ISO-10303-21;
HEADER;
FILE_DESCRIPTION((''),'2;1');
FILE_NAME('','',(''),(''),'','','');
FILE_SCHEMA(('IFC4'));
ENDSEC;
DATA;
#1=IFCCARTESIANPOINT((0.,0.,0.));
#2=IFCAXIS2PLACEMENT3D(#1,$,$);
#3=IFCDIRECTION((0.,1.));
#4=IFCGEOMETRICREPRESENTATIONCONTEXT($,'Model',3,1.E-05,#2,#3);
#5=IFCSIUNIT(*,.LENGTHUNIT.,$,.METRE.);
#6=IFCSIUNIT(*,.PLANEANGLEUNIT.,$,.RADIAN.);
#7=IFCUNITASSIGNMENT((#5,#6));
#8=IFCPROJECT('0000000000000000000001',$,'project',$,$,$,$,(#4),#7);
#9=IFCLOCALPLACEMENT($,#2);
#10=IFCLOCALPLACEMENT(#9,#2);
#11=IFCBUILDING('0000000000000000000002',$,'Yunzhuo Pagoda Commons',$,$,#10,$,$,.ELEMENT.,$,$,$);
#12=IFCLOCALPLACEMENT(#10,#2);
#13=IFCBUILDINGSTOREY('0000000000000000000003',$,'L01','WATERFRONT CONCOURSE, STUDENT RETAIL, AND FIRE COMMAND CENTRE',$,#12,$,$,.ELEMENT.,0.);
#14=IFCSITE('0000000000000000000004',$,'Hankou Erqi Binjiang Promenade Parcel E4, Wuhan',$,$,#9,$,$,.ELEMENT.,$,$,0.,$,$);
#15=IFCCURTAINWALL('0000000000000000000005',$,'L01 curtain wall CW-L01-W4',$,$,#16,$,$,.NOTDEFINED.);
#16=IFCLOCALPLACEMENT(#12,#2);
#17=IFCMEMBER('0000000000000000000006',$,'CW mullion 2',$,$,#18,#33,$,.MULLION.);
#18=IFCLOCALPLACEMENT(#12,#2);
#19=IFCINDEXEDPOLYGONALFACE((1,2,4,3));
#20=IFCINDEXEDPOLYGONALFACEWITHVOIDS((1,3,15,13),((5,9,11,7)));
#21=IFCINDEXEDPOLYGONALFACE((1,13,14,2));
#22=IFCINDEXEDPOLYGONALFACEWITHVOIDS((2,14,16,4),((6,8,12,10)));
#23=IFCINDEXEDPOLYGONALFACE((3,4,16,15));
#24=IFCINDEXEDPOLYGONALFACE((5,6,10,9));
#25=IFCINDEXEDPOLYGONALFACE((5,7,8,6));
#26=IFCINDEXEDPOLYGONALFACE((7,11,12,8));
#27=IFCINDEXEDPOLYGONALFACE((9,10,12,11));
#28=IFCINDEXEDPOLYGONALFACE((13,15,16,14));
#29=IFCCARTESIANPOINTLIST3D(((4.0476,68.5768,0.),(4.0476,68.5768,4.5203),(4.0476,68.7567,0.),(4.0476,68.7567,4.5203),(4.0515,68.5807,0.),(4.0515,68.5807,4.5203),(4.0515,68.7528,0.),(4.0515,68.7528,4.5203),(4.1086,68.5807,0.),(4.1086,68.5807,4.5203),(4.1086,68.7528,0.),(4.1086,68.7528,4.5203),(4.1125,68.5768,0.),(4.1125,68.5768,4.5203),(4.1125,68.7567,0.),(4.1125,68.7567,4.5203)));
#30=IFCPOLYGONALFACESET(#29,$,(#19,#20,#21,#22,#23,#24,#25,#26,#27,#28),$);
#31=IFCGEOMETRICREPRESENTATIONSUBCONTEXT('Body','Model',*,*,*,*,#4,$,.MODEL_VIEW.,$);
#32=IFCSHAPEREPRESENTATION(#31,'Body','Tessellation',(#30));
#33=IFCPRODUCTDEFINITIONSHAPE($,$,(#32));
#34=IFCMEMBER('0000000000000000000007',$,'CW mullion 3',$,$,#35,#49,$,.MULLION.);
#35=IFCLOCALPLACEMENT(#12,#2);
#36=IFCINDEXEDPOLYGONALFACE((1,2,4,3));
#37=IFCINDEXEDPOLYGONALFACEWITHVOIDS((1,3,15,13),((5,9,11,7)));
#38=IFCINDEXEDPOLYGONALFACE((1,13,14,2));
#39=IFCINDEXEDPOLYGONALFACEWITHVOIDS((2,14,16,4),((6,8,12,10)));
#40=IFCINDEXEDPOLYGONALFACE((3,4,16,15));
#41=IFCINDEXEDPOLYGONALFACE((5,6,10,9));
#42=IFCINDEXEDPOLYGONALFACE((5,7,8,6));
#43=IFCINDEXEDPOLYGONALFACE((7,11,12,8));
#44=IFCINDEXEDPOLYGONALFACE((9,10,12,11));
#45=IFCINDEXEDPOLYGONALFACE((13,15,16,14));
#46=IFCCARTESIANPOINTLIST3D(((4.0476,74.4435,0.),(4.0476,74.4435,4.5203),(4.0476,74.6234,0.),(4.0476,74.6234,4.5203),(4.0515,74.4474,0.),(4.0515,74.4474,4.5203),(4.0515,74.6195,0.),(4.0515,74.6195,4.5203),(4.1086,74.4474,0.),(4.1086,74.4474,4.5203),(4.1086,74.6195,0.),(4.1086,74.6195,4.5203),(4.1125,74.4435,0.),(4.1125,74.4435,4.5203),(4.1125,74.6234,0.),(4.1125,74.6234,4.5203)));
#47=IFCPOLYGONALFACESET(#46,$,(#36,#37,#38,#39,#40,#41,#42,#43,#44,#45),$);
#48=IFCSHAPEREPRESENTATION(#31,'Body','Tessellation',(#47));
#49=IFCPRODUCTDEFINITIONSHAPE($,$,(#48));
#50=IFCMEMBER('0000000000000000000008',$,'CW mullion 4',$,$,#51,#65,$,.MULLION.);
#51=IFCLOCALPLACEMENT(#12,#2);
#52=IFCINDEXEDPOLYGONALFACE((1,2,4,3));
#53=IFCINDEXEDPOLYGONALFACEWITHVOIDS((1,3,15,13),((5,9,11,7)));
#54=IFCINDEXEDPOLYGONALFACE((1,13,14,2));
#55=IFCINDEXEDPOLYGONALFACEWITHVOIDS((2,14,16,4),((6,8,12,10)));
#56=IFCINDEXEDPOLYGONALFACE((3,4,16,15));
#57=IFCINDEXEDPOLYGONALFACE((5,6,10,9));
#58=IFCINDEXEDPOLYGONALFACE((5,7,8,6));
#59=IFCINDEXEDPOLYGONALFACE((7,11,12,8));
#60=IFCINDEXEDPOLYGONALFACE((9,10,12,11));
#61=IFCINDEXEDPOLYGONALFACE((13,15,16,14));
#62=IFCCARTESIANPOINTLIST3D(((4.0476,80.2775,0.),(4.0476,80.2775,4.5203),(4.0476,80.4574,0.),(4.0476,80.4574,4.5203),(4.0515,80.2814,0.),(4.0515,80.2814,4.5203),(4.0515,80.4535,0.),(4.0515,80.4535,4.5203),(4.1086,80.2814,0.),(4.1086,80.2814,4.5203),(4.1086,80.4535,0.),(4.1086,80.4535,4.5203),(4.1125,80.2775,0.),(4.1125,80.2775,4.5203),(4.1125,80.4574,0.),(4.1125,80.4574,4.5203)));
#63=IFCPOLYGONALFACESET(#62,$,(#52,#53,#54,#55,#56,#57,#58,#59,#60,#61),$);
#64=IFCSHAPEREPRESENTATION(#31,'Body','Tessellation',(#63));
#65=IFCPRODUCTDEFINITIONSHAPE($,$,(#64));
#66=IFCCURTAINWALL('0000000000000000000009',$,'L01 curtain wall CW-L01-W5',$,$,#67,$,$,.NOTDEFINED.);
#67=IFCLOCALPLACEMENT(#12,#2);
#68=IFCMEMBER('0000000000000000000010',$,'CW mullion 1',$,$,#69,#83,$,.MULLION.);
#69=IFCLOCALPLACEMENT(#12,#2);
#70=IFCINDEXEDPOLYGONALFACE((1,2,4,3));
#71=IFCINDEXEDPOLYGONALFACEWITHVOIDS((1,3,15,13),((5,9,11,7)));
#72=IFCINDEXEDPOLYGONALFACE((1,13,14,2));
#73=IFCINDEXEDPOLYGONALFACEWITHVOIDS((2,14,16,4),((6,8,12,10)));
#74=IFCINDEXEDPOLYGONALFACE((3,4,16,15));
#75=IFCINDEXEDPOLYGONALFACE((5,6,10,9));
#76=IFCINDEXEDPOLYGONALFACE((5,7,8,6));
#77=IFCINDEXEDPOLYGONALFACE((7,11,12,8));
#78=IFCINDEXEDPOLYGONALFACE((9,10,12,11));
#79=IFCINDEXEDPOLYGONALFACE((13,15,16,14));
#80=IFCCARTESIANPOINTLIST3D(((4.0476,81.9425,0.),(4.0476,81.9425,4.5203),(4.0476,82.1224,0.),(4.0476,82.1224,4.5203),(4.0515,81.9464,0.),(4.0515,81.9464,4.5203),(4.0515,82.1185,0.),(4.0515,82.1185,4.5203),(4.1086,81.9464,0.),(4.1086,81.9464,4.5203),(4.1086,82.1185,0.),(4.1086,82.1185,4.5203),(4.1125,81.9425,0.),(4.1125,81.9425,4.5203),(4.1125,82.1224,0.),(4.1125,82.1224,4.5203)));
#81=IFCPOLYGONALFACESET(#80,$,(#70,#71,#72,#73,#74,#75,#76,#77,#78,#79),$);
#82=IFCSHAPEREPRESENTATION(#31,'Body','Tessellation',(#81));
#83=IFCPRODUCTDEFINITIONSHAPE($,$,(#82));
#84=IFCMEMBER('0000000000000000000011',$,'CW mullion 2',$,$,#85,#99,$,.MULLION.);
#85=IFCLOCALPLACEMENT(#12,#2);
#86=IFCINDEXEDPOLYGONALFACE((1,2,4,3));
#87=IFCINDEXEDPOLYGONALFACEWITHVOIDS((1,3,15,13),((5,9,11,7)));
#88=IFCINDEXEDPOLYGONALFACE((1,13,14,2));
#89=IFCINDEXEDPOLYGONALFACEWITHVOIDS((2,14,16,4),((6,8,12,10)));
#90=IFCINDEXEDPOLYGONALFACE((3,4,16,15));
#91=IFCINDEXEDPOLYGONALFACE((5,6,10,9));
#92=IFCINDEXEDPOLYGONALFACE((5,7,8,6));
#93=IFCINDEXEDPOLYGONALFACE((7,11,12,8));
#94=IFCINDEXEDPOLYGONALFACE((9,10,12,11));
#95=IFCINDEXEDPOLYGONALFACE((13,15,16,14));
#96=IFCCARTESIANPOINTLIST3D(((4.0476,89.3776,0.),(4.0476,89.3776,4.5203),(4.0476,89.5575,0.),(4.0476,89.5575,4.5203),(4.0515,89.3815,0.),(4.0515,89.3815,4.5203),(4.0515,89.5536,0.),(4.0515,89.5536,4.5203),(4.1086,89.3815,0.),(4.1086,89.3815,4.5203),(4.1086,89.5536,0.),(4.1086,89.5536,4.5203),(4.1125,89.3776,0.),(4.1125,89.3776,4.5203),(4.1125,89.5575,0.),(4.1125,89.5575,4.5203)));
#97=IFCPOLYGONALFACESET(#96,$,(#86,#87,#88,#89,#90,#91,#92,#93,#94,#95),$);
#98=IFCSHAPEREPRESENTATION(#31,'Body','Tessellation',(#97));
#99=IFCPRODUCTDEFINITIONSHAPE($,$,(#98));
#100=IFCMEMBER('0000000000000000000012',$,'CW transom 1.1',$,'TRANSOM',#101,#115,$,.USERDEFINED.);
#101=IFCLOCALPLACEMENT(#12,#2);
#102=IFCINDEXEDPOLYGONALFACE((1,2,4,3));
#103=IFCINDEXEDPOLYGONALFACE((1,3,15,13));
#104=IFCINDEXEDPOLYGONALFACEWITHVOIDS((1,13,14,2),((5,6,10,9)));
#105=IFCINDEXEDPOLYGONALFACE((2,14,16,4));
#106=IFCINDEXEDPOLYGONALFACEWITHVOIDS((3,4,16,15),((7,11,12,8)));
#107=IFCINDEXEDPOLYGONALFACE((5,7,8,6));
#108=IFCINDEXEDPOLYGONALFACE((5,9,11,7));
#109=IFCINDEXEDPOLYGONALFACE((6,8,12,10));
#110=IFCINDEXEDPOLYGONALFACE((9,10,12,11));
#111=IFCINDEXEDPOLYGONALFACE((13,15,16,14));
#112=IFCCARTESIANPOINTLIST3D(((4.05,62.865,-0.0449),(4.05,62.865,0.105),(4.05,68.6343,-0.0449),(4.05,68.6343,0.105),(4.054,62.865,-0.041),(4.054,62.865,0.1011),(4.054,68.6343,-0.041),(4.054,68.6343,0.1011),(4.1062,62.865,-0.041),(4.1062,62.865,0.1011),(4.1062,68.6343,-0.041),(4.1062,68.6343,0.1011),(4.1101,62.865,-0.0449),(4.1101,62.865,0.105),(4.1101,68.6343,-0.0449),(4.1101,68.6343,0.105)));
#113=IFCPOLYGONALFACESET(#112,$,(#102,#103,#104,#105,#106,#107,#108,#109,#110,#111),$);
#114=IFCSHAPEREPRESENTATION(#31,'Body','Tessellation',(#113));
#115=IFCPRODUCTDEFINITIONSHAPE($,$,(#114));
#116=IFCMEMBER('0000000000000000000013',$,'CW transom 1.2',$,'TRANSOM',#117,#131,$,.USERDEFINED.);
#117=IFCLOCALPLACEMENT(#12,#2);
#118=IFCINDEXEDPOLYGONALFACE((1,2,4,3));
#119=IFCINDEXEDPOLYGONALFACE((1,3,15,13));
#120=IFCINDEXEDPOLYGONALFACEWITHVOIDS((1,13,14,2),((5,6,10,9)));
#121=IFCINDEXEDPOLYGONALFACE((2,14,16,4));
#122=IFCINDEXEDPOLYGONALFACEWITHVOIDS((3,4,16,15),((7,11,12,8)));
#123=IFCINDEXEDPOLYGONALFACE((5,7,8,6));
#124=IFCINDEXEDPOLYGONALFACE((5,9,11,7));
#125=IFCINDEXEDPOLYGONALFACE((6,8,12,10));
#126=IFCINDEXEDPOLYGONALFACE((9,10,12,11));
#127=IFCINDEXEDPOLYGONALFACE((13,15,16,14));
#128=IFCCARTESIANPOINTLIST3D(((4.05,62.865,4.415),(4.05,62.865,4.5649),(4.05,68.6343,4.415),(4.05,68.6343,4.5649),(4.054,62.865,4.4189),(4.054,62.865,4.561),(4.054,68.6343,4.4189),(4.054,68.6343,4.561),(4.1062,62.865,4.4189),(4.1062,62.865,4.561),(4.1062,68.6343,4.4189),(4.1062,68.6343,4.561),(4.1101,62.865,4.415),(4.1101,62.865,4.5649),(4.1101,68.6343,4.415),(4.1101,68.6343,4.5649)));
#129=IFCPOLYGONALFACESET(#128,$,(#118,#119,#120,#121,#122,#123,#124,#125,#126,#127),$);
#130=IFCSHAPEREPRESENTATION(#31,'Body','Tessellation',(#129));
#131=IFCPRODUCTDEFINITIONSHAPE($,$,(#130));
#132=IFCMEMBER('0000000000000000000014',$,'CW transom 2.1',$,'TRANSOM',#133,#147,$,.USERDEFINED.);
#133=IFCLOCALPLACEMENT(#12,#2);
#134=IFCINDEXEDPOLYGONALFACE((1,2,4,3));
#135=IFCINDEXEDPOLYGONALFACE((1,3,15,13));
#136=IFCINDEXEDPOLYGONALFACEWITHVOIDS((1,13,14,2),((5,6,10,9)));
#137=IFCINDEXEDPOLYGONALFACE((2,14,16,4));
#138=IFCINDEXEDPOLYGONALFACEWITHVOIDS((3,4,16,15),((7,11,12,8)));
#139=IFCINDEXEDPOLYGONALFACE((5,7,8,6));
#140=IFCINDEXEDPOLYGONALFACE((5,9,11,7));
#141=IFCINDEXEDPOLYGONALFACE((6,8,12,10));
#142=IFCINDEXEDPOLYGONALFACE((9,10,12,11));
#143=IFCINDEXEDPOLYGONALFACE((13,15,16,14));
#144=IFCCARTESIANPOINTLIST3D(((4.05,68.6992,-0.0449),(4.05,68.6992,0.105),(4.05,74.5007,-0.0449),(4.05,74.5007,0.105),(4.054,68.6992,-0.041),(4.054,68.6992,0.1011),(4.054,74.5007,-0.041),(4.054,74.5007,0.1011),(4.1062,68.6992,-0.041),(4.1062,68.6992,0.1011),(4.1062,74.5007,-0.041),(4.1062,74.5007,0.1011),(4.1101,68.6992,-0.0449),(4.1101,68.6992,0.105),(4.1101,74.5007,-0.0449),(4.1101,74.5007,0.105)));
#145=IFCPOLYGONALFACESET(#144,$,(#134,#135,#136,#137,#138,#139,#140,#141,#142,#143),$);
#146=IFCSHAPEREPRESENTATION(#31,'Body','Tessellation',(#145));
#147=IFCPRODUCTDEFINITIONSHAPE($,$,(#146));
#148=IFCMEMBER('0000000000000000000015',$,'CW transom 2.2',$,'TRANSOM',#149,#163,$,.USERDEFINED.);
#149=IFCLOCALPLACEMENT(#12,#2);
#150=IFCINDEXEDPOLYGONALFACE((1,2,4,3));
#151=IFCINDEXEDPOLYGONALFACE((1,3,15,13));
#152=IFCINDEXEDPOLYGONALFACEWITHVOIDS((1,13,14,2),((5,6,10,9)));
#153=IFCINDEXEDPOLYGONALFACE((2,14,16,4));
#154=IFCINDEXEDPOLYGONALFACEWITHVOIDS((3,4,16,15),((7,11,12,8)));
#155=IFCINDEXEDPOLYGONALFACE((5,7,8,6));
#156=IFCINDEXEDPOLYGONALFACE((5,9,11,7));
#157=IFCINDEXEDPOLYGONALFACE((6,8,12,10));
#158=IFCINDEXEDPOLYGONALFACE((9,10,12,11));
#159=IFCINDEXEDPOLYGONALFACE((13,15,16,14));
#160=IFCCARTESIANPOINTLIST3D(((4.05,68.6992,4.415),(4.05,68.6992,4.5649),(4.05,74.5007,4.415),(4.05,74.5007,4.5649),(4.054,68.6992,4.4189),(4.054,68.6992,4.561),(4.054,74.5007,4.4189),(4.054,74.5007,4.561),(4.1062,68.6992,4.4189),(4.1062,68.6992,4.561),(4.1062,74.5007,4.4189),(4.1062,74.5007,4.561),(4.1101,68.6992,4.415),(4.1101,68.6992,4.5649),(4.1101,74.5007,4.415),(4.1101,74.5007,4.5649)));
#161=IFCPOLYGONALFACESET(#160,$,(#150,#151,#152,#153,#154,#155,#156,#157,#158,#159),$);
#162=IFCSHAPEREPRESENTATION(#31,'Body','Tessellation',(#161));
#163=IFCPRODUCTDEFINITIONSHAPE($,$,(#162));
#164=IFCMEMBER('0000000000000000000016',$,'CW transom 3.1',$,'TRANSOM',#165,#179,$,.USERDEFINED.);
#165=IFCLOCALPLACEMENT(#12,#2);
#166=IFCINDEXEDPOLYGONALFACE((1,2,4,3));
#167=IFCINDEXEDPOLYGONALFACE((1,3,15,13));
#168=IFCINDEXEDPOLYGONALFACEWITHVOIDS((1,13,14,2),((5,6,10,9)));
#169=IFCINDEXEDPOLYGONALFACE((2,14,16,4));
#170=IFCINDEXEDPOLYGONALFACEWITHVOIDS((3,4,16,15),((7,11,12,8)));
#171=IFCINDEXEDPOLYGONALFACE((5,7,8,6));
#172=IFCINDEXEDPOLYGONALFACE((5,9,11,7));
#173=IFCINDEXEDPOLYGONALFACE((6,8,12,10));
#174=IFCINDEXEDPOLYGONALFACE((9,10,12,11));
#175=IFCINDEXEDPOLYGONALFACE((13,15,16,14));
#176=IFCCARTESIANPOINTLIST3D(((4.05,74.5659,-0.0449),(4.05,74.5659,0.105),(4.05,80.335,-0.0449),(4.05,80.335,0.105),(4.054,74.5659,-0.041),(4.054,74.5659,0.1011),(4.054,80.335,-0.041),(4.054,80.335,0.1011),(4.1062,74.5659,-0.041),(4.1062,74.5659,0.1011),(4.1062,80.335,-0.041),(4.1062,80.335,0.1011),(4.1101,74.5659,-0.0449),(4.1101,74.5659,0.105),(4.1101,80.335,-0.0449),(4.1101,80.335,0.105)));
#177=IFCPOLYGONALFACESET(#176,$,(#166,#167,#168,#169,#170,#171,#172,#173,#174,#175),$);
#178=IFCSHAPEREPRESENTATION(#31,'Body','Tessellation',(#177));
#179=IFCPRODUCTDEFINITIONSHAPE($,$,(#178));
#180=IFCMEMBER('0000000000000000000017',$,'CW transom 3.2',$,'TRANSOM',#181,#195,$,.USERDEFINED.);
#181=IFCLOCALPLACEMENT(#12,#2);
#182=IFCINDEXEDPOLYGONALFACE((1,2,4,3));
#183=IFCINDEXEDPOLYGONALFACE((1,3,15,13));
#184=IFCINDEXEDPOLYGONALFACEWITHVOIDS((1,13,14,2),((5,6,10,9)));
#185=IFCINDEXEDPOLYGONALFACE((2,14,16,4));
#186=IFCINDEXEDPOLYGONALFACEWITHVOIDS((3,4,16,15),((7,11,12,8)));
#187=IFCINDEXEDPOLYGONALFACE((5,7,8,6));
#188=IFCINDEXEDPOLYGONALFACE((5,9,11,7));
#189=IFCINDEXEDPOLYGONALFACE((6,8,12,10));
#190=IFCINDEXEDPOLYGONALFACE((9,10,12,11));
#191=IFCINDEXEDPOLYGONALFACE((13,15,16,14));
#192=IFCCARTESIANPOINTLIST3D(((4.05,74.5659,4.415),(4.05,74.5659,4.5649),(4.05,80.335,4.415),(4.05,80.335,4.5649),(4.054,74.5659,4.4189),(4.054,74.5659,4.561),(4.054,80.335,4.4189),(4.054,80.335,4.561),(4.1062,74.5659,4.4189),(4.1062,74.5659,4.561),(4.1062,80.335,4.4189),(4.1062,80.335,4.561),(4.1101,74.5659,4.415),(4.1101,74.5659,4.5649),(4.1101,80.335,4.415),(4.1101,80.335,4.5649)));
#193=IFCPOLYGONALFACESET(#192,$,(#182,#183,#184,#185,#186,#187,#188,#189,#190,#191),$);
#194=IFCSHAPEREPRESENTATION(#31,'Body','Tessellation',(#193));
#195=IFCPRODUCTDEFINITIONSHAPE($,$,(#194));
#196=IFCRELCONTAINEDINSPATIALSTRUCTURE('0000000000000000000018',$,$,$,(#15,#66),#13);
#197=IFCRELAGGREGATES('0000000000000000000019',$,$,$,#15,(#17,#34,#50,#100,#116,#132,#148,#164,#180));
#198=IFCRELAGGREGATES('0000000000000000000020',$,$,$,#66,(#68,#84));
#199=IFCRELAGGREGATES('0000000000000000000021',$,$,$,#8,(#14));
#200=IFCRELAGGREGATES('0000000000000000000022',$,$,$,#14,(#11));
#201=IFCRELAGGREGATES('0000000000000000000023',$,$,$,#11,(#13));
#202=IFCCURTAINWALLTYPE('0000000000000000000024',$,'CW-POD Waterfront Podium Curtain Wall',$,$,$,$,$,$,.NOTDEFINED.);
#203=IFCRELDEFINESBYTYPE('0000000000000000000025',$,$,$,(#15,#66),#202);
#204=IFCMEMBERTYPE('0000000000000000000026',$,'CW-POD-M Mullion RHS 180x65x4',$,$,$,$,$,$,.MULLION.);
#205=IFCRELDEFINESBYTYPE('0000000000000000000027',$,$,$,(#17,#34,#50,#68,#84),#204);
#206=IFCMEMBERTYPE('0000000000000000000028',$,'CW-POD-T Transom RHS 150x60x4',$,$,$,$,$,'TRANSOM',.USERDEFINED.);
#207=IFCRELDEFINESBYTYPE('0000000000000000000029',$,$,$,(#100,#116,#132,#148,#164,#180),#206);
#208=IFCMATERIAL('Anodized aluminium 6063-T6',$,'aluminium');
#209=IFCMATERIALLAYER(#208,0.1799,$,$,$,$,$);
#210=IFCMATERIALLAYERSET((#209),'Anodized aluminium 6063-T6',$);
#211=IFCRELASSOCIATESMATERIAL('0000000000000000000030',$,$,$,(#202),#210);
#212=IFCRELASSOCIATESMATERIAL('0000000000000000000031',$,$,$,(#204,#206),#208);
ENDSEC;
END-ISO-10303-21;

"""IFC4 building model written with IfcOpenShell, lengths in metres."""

from ifc_helpers import new_model, si_unit, direction, frame, origin, origin_2d, place, context, subcontext, project, spatial, hollow_rectangle, extrude, source, transform, mapped, material, layer, layer_set, material_profile, profile_set, type_object, element, aggregate, save


model = new_model("IFC4")

# Units and contexts
model_context = context("Model", 3, precision=1e-05, world=origin(), true_north=direction((0.0, 1.0)))
body_context = subcontext(model_context, "Body", "Model", "MODEL_VIEW")
ifc_project = project(units=[si_unit("LENGTHUNIT", "METRE"), si_unit("PLANEANGLEUNIT", "RADIAN")], contexts=[model_context])

# Site, building, storey
site_placement = place(None, origin())
site = spatial("IfcSite", under=ifc_project, at=site_placement, Name="Hankou Erqi Binjiang Promenade Parcel E4, Wuhan", CompositionType="ELEMENT", RefElevation=0.0)
building_placement = place(site_placement, origin())
building = spatial("IfcBuilding", under=site, at=building_placement, Name="Yunzhuo Pagoda Commons", CompositionType="ELEMENT")
storey_placement = place(building_placement, origin())
storey = spatial("IfcBuildingStorey", under=building, at=storey_placement, Name="L01", Description="WATERFRONT CONCOURSE, STUDENT RETAIL, AND FIRE COMMAND CENTRE", CompositionType="ELEMENT", Elevation=0.0)

# Curtain walls, members
ifc_material_1 = material(Name="Anodized aluminium 6063-T6", Category="aluminium")
ifc_layer_1 = layer(ifc_material_1, 0.1799)
ifc_layer_set_1 = layer_set([ifc_layer_1], Name="Anodized aluminium 6063-T6")
curtain_wall_type = type_object("IfcCurtainWallType", Name="CW-POD Waterfront Podium Curtain Wall", PredefinedType="NOTDEFINED", material=ifc_layer_set_1)
curtain_wall_1_placement = place(storey_placement, origin())
curtain_wall_1 = element("IfcCurtainWall", 1, at=curtain_wall_1_placement, inside=storey, type_object=curtain_wall_type, Name="L01 curtain wall CW-L01-W4", PredefinedType="NOTDEFINED")
ifc_material_profile_1 = material_profile(ifc_material_1, hollow_rectangle(XDim=0.0649, YDim=0.1799, WallThickness=0.0039, at=origin_2d()), Name="Anodized aluminium 6063-T6")
ifc_profile_set_1 = profile_set([ifc_material_profile_1], Name="Anodized aluminium 6063-T6")
member_type_1 = type_object("IfcMemberType", Name="CW-POD-M Mullion RHS 180x65x4", PredefinedType="MULLION", material=ifc_profile_set_1)
shared_shape_1 = source(origin(), body_context, "Body", "SweptSolid", [
    extrude(hollow_rectangle(XDim=0.0649, YDim=0.1799, WallThickness=0.0039, at=origin_2d()), origin(), (0.0, 0.0, 1.0), 4.5203),
])
member_1_placement = place(storey_placement, frame((4.0801, 68.6667, 0.0), z_axis=(0.0, 0.0, 1.0), x_axis=(-1.0, 0.0, 0.0)))
member_1 = element("IfcMember", 2, at=member_1_placement, type_object=member_type_1, Name="CW mullion 2", PredefinedType="MULLION", context=body_context, shape_type="MappedRepresentation", body=[
    mapped(shared_shape_1, transform((0.0, 0.0, 0.0), scale=1.0)),
])
member_2_placement = place(storey_placement, frame((4.0801, 74.5334, 0.0), z_axis=(0.0, 0.0, 1.0), x_axis=(-1.0, 0.0, 0.0)))
member_2 = element("IfcMember", 3, at=member_2_placement, type_object=member_type_1, Name="CW mullion 3", PredefinedType="MULLION", context=body_context, shape_type="MappedRepresentation", body=[
    mapped(shared_shape_1, transform((0.0, 0.0, 0.0), scale=1.0)),
])
member_3_placement = place(storey_placement, frame((4.0801, 80.3674, 0.0), z_axis=(0.0, 0.0, 1.0), x_axis=(-1.0, 0.0, 0.0)))
member_3 = element("IfcMember", 4, at=member_3_placement, type_object=member_type_1, Name="CW mullion 4", PredefinedType="MULLION", context=body_context, shape_type="MappedRepresentation", body=[
    mapped(shared_shape_1, transform((0.0, 0.0, 0.0), scale=1.0)),
])
curtain_wall_2_placement = place(storey_placement, origin())
curtain_wall_2 = element("IfcCurtainWall", 5, at=curtain_wall_2_placement, inside=storey, type_object=curtain_wall_type, Name="L01 curtain wall CW-L01-W5", PredefinedType="NOTDEFINED")
member_4_placement = place(storey_placement, frame((4.0801, 82.0325, 0.0), z_axis=(0.0, 0.0, 1.0), x_axis=(-1.0, 0.0, 0.0)))
member_4 = element("IfcMember", 6, at=member_4_placement, type_object=member_type_1, Name="CW mullion 1", PredefinedType="MULLION", context=body_context, shape_type="MappedRepresentation", body=[
    mapped(shared_shape_1, transform((0.0, 0.0, 0.0), scale=1.0)),
])
member_5_placement = place(storey_placement, frame((4.0801, 89.4675, 0.0), z_axis=(0.0, 0.0, 1.0), x_axis=(-1.0, 0.0, 0.0)))
member_5 = element("IfcMember", 7, at=member_5_placement, type_object=member_type_1, Name="CW mullion 2", PredefinedType="MULLION", context=body_context, shape_type="MappedRepresentation", body=[
    mapped(shared_shape_1, transform((0.0, 0.0, 0.0), scale=1.0)),
])

# Members
ifc_material_profile_2 = material_profile(ifc_material_1, hollow_rectangle(XDim=0.0601, YDim=0.1499, WallThickness=0.0039, at=origin_2d()), Name="Anodized aluminium 6063-T6")
ifc_profile_set_2 = profile_set([ifc_material_profile_2], Name="Anodized aluminium 6063-T6")
member_type_2 = type_object("IfcMemberType", Name="CW-POD-T Transom RHS 150x60x4", ElementType="TRANSOM", PredefinedType="USERDEFINED", material=ifc_profile_set_2)
shared_shape_2 = source(origin(), body_context, "Body", "SweptSolid", [
    extrude(hollow_rectangle(XDim=0.0601, YDim=0.1499, WallThickness=0.0039, at=origin_2d()), origin(), (0.0, 0.0, 1.0), 5.7693),
])
member_6_placement = place(storey_placement, frame((4.0801, 62.865, 0.03), z_axis=(0.0, 1.0, 0.0), x_axis=(-1.0, 0.0, 0.0)))
member_6 = element("IfcMember", 8, at=member_6_placement, type_object=member_type_2, Name="CW transom 1.1", ObjectType="TRANSOM", PredefinedType="USERDEFINED", context=body_context, shape_type="MappedRepresentation", body=[
    mapped(shared_shape_2, transform((0.0, 0.0, 0.0), scale=1.0)),
])
member_7_placement = place(storey_placement, frame((4.0801, 62.865, 4.49), z_axis=(0.0, 1.0, 0.0), x_axis=(-1.0, 0.0, 0.0)))
member_7 = element("IfcMember", 9, at=member_7_placement, type_object=member_type_2, Name="CW transom 1.2", ObjectType="TRANSOM", PredefinedType="USERDEFINED", context=body_context, shape_type="MappedRepresentation", body=[
    mapped(shared_shape_2, transform((0.0, 0.0, 0.0), scale=1.0)),
])
shared_shape_3 = source(origin(), body_context, "Body", "SweptSolid", [
    extrude(hollow_rectangle(XDim=0.0601, YDim=0.1499, WallThickness=0.0039, at=origin_2d()), origin(), (0.0, 0.0, 1.0), 5.8015),
])
member_8_placement = place(storey_placement, frame((4.0801, 68.6992, 0.03), z_axis=(0.0, 1.0, 0.0), x_axis=(-1.0, 0.0, 0.0)))
member_8 = element("IfcMember", 10, at=member_8_placement, type_object=member_type_2, Name="CW transom 2.1", ObjectType="TRANSOM", PredefinedType="USERDEFINED", context=body_context, shape_type="MappedRepresentation", body=[
    mapped(shared_shape_3, transform((0.0, 0.0, 0.0), scale=1.0)),
])
member_9_placement = place(storey_placement, frame((4.0801, 68.6992, 4.49), z_axis=(0.0, 1.0, 0.0), x_axis=(-1.0, 0.0, 0.0)))
member_9 = element("IfcMember", 11, at=member_9_placement, type_object=member_type_2, Name="CW transom 2.2", ObjectType="TRANSOM", PredefinedType="USERDEFINED", context=body_context, shape_type="MappedRepresentation", body=[
    mapped(shared_shape_3, transform((0.0, 0.0, 0.0), scale=1.0)),
])
shared_shape_4 = source(origin(), body_context, "Body", "SweptSolid", [
    extrude(hollow_rectangle(XDim=0.0601, YDim=0.1499, WallThickness=0.0039, at=origin_2d()), origin(), (0.0, 0.0, 1.0), 5.769),
])
member_10_placement = place(storey_placement, frame((4.0801, 74.5659, 0.03), z_axis=(0.0, 1.0, 0.0), x_axis=(-1.0, 0.0, 0.0)))
member_10 = element("IfcMember", 12, at=member_10_placement, type_object=member_type_2, Name="CW transom 3.1", ObjectType="TRANSOM", PredefinedType="USERDEFINED", context=body_context, shape_type="MappedRepresentation", body=[
    mapped(shared_shape_4, transform((0.0, 0.0, 0.0), scale=1.0)),
])
member_11_placement = place(storey_placement, frame((4.0801, 74.5659, 4.49), z_axis=(0.0, 1.0, 0.0), x_axis=(-1.0, 0.0, 0.0)))
member_11 = element("IfcMember", 13, at=member_11_placement, type_object=member_type_2, Name="CW transom 3.2", ObjectType="TRANSOM", PredefinedType="USERDEFINED", context=body_context, shape_type="MappedRepresentation", body=[
    mapped(shared_shape_4, transform((0.0, 0.0, 0.0), scale=1.0)),
])

aggregate(curtain_wall_1, [member_1, member_2, member_3, member_6, member_7, member_8, member_9, member_10, member_11])
aggregate(curtain_wall_2, [member_4, member_5])

save(model, "model.ifc")
